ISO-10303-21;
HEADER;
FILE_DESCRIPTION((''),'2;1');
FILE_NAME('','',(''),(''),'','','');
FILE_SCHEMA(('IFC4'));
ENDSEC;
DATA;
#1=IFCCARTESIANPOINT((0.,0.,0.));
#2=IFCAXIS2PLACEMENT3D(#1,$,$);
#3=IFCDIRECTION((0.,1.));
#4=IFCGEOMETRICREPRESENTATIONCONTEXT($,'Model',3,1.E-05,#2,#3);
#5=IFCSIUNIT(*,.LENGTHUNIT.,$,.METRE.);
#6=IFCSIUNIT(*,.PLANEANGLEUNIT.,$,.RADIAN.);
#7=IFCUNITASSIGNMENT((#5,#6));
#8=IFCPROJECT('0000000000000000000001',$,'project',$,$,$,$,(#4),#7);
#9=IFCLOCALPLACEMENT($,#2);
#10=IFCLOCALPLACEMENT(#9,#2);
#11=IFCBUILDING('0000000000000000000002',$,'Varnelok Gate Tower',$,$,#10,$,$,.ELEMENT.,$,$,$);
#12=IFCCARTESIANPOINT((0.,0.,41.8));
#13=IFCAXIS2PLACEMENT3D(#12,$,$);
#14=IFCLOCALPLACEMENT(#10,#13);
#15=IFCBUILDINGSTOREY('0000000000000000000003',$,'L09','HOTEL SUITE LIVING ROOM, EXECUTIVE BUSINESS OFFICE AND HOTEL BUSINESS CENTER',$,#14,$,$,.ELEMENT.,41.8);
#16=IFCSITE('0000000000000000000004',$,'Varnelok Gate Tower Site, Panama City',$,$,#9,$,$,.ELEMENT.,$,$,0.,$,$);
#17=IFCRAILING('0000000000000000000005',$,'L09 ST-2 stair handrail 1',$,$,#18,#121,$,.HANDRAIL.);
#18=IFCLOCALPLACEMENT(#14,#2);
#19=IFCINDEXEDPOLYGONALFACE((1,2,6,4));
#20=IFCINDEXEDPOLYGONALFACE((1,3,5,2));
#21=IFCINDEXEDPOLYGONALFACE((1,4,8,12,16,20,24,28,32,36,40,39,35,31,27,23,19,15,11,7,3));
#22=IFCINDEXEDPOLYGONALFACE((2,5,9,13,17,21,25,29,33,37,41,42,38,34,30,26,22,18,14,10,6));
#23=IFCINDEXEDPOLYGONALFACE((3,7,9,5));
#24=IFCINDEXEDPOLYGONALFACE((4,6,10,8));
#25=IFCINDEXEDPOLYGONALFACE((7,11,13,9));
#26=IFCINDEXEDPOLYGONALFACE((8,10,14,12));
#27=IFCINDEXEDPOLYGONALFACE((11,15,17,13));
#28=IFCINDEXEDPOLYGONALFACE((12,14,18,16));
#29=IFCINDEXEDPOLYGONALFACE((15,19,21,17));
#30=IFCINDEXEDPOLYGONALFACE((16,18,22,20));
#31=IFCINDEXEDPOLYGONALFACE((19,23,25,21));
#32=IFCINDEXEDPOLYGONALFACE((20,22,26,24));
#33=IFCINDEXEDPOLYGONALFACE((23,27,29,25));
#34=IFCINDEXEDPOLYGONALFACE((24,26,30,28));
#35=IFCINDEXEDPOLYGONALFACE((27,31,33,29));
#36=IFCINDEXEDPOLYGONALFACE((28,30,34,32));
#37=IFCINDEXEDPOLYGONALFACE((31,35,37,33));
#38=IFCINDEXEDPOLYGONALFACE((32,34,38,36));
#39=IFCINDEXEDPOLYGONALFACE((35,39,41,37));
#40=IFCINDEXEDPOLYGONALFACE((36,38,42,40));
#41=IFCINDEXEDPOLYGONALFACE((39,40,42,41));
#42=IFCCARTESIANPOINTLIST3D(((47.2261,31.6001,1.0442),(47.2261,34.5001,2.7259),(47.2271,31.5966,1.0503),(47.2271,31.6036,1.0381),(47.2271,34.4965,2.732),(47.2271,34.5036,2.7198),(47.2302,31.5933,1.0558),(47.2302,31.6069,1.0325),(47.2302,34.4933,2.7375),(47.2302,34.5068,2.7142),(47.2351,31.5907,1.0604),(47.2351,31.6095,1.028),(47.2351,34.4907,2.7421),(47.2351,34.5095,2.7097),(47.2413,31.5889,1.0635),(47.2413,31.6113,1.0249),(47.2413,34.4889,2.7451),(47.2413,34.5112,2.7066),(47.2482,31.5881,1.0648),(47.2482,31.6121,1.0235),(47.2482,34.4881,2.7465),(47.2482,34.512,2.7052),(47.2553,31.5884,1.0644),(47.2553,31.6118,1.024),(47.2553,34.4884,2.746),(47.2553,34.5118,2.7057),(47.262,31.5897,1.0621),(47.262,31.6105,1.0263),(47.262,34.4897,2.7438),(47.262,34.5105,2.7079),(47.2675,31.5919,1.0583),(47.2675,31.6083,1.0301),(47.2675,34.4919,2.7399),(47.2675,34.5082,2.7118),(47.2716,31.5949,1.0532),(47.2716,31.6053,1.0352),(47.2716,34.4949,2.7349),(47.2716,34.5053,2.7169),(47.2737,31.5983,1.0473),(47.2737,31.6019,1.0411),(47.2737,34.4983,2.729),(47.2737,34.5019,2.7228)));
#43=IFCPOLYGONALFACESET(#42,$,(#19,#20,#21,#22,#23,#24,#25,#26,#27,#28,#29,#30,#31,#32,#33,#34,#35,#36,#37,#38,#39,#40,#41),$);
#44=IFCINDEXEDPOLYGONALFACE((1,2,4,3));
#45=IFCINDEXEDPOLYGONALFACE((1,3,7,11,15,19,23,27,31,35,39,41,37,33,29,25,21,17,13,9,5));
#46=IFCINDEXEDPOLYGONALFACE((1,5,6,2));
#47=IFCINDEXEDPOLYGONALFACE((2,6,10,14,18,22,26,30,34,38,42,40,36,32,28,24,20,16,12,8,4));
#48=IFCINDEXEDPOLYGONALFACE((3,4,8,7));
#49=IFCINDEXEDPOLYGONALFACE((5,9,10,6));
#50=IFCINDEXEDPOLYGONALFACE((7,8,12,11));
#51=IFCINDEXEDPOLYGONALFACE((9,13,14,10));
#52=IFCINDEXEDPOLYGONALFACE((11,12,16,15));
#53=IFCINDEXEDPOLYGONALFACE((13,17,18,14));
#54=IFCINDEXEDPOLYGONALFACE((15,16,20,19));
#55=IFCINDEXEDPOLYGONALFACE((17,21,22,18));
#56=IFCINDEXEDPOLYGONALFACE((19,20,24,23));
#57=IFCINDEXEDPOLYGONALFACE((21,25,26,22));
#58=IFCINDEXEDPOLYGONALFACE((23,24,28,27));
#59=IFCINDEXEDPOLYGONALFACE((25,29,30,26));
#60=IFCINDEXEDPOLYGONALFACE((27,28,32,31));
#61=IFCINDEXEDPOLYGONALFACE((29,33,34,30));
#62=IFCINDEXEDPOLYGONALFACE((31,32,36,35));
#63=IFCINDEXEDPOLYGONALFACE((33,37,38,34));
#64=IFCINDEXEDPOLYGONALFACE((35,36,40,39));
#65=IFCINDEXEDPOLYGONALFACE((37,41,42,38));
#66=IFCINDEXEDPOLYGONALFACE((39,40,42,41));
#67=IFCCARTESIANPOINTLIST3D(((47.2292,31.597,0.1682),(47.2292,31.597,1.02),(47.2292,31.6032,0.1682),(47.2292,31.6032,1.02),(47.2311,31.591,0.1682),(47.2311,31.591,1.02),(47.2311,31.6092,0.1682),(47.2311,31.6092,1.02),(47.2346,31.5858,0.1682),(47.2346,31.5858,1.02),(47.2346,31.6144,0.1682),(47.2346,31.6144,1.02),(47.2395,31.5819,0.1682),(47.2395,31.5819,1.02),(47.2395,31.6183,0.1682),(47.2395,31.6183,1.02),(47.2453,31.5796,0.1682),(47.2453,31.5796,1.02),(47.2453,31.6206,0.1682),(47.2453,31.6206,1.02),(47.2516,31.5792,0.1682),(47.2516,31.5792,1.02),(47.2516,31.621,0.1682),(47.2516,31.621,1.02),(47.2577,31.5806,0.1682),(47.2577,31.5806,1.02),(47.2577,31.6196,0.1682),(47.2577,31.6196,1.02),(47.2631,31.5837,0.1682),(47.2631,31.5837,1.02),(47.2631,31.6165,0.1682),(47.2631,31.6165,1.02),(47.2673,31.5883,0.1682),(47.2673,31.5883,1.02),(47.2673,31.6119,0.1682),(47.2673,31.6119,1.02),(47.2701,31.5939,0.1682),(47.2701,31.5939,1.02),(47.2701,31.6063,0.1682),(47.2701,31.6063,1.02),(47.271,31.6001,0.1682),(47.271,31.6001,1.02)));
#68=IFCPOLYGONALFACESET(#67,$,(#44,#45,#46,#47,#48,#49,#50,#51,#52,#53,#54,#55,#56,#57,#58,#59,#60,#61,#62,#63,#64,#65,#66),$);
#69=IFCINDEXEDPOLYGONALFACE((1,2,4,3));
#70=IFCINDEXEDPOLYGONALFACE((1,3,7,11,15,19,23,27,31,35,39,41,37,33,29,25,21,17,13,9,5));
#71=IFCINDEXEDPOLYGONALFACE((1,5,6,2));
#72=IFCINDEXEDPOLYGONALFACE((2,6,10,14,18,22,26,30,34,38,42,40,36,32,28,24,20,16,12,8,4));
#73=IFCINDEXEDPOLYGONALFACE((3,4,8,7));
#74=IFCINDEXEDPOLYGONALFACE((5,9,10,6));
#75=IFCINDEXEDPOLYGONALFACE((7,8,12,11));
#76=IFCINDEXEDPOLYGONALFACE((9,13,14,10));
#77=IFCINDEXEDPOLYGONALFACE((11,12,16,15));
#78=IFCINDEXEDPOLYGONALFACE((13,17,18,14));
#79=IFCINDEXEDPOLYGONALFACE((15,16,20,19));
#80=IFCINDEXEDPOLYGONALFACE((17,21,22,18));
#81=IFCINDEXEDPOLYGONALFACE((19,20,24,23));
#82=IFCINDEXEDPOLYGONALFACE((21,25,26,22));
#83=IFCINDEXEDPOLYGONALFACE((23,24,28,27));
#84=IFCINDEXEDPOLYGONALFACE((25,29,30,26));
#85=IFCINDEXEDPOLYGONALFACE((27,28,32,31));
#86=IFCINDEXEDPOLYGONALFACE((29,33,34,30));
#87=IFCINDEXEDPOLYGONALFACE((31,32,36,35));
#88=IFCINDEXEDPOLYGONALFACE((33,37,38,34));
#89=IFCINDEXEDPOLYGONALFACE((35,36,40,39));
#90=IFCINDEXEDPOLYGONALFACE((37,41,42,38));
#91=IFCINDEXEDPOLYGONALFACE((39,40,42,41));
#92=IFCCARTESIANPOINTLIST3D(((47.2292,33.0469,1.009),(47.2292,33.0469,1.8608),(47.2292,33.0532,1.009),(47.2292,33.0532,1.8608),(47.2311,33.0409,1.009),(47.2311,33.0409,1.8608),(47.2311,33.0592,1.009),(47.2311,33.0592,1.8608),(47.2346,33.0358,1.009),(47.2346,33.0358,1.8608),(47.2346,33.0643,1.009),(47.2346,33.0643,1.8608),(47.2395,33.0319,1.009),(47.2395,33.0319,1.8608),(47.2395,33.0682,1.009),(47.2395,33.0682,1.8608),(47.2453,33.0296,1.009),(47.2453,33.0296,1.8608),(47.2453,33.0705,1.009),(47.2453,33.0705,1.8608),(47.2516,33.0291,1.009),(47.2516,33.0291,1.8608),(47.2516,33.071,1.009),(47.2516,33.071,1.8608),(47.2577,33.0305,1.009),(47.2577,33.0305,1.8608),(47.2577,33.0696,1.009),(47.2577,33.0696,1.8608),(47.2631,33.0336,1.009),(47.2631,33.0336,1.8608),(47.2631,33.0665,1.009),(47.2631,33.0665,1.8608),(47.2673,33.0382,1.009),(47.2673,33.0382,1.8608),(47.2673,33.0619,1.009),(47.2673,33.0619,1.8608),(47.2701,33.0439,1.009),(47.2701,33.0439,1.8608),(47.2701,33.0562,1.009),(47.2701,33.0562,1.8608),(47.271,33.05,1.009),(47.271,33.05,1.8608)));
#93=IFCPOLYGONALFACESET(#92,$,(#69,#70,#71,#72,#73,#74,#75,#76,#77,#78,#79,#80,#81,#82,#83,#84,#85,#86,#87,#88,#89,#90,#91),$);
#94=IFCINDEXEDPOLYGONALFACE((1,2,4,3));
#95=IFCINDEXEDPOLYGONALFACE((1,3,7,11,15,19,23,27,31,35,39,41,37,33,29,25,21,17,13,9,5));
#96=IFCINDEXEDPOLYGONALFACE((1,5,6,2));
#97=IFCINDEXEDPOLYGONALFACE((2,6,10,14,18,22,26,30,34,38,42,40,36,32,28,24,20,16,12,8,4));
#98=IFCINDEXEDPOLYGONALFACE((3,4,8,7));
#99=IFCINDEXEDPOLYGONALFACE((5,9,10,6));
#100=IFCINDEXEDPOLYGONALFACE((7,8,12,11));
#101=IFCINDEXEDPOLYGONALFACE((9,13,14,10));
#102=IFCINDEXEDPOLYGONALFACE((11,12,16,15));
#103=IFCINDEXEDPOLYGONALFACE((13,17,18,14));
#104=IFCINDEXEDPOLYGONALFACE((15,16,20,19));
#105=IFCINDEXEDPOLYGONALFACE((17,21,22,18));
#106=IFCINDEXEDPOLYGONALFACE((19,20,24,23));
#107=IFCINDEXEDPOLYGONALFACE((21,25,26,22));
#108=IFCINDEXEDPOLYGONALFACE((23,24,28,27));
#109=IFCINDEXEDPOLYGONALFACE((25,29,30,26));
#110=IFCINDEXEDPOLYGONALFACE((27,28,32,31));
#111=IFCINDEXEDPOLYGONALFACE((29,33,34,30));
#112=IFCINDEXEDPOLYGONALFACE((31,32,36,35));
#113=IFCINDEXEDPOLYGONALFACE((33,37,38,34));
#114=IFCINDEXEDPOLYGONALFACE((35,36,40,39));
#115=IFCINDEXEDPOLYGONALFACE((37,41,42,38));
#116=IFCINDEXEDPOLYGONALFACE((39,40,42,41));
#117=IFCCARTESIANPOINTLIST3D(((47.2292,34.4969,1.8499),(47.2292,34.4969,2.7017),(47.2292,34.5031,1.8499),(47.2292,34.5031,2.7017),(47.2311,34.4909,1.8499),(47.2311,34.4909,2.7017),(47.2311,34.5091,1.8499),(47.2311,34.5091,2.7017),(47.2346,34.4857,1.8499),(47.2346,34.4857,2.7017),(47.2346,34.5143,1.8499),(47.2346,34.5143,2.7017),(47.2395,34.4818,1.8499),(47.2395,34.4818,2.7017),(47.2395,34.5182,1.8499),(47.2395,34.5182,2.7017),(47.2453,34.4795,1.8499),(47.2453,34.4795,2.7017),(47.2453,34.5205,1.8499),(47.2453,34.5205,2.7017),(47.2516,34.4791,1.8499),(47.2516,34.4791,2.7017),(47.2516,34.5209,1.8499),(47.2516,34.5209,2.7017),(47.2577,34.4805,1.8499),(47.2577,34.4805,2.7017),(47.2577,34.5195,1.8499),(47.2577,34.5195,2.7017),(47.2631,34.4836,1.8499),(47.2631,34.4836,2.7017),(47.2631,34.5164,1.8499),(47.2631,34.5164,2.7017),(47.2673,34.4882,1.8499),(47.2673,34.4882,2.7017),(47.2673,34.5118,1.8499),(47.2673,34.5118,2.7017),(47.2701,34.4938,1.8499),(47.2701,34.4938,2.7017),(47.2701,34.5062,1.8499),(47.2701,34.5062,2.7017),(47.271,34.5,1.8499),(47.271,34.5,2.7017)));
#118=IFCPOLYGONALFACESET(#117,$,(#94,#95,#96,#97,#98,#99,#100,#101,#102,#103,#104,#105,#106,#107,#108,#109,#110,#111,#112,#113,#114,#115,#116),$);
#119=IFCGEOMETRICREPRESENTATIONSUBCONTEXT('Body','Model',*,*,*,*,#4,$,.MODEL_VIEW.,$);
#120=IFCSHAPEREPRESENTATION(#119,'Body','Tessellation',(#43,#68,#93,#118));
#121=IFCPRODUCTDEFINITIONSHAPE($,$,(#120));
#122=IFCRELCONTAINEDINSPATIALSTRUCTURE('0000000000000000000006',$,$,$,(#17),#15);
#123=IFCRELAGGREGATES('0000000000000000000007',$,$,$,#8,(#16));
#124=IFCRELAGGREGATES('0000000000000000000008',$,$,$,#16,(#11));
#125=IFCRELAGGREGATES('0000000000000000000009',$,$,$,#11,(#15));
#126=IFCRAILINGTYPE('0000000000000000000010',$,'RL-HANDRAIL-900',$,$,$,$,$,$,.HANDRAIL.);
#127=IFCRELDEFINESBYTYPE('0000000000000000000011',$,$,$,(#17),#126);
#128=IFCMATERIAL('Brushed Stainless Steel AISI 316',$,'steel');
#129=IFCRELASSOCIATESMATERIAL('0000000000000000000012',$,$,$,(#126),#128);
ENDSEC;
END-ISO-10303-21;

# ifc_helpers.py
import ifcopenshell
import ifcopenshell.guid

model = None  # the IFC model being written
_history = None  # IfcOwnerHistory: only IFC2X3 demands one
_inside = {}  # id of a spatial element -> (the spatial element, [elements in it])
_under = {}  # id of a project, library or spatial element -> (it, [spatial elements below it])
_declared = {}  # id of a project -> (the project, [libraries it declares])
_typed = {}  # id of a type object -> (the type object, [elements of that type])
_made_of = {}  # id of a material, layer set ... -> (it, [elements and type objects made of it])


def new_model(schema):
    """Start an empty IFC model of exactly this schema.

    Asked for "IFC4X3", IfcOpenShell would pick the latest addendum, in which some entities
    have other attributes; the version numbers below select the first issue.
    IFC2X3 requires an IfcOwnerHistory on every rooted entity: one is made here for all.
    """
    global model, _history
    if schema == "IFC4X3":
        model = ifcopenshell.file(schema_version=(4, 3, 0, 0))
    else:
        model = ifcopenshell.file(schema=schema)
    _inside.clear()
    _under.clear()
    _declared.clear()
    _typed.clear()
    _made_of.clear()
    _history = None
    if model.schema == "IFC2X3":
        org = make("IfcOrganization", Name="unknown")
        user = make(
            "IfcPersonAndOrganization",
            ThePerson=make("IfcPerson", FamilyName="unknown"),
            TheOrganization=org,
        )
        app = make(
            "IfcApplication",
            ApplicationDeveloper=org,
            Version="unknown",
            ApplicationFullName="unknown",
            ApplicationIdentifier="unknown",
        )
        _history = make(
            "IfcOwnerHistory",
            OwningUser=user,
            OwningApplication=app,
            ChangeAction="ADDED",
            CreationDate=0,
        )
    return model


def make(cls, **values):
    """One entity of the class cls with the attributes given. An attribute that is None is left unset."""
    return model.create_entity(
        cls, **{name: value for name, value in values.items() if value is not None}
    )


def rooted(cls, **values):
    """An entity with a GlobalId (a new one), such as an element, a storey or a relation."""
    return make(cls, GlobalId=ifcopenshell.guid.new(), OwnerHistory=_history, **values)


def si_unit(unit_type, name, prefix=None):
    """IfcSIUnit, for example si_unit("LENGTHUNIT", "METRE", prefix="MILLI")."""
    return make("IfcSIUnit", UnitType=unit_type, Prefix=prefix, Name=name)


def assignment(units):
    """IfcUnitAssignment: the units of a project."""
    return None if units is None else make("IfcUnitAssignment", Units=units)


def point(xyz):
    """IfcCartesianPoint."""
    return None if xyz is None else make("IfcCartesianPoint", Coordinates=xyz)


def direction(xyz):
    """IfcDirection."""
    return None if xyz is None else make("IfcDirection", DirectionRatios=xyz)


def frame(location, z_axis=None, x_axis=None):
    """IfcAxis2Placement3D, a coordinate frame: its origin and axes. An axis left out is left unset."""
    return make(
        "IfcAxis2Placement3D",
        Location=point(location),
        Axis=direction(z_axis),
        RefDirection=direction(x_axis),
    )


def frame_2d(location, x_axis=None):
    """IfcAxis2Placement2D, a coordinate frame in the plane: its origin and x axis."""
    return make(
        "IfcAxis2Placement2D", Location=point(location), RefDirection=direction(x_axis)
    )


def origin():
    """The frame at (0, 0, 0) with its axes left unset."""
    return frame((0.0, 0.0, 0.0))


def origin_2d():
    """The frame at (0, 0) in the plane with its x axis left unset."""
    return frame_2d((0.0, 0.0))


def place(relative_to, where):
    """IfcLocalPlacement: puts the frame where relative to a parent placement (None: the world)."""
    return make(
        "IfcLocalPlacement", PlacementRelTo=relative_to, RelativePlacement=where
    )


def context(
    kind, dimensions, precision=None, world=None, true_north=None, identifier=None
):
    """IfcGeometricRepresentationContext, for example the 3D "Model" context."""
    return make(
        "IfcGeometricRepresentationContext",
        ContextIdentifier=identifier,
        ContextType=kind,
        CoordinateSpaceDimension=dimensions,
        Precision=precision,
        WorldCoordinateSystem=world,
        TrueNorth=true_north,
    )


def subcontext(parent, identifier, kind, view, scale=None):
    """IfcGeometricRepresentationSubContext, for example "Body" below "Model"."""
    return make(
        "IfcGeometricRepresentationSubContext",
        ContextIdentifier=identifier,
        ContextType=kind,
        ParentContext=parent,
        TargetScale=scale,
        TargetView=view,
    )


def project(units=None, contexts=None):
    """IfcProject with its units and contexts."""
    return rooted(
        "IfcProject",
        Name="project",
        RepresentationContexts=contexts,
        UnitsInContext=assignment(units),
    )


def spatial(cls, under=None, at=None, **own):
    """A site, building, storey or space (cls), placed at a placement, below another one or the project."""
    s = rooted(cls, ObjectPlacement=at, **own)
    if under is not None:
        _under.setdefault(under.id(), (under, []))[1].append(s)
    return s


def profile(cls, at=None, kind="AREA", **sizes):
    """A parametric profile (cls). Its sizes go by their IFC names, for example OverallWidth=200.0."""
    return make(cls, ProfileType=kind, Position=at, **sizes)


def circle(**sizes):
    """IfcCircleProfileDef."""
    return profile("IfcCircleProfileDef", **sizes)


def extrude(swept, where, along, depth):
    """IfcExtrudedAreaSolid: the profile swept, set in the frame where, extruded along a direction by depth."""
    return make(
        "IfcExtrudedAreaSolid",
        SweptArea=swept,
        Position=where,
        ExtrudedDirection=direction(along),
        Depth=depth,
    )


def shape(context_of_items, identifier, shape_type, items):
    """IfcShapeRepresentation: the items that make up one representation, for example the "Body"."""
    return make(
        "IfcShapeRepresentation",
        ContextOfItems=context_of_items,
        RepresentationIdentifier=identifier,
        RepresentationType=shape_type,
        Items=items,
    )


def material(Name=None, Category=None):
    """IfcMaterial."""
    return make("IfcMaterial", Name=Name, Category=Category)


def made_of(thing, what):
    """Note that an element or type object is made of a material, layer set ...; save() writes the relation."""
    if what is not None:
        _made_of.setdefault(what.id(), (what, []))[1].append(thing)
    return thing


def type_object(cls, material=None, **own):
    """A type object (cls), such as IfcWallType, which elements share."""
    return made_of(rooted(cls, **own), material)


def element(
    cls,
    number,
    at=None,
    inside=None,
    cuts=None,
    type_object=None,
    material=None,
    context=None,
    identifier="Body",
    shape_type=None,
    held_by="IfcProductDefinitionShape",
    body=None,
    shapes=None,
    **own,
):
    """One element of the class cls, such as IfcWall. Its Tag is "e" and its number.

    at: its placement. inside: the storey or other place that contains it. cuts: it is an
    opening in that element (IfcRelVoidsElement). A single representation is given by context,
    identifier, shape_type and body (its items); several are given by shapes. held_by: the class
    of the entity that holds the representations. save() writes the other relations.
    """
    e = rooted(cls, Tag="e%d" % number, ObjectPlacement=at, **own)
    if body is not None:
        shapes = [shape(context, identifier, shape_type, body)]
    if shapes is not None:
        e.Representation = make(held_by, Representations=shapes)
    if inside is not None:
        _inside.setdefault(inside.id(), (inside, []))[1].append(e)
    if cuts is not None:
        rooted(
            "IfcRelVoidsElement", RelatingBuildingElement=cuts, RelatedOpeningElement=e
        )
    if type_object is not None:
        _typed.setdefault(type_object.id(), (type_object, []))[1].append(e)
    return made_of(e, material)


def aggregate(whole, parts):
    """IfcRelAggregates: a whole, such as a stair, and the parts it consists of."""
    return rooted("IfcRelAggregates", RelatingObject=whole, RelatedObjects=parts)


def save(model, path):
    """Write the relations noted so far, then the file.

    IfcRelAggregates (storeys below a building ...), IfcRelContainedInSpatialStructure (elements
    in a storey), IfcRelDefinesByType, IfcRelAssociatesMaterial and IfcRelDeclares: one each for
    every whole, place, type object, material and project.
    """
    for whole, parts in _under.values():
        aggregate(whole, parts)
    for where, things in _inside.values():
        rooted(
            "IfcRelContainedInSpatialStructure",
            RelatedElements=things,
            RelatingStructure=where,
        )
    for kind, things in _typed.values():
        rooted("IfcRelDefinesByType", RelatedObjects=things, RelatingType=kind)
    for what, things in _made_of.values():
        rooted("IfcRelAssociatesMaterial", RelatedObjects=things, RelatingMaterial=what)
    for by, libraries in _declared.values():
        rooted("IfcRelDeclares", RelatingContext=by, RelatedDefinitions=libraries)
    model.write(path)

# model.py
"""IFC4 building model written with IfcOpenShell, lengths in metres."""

from ifc_helpers import new_model, si_unit, direction, frame, origin, origin_2d, place, context, subcontext, project, spatial, circle, extrude, material, type_object, element, save


model = new_model("IFC4")

# Units and contexts
model_context = context("Model", 3, precision=1e-05, world=origin(), true_north=direction((0.0, 1.0)))
body_context = subcontext(model_context, "Body", "Model", "MODEL_VIEW")
ifc_project = project(units=[si_unit("LENGTHUNIT", "METRE"), si_unit("PLANEANGLEUNIT", "RADIAN")], contexts=[model_context])

# Site, building, storey
site_placement = place(None, origin())
site = spatial("IfcSite", under=ifc_project, at=site_placement, Name="Varnelok Gate Tower Site, Panama City", CompositionType="ELEMENT", RefElevation=0.0)
building_placement = place(site_placement, origin())
building = spatial("IfcBuilding", under=site, at=building_placement, Name="Varnelok Gate Tower", CompositionType="ELEMENT")
storey_placement = place(building_placement, frame((0.0, 0.0, 41.8)))
storey = spatial("IfcBuildingStorey", under=building, at=storey_placement, Name="L09", Description="HOTEL SUITE LIVING ROOM, EXECUTIVE BUSINESS OFFICE AND HOTEL BUSINESS CENTER", CompositionType="ELEMENT", Elevation=41.8)

# Railing
ifc_material_1 = material(Name="Brushed Stainless Steel AISI 316", Category="steel")
railing_type_1 = type_object("IfcRailingType", Name="RL-HANDRAIL-900", PredefinedType="HANDRAIL", material=ifc_material_1)
railing_1_placement = place(storey_placement, frame((47.25, 31.6001, 0.1682)))
element("IfcRailing", 1, at=railing_1_placement, inside=storey, type_object=railing_type_1, Name="L09 ST-2 stair handrail 1", PredefinedType="HANDRAIL", context=body_context, shape_type="SweptSolid", body=[
    extrude(circle(Radius=0.0239, at=origin_2d()), frame((0.0, 0.0, 0.876), z_axis=(0.0, 0.86507, 0.501651), x_axis=(-1.0, 0.0, 0.0)), (0.0, 0.0, 1.0), 3.3523),
    extrude(circle(Radius=0.021, at=origin_2d()), origin(), (0.0, 0.0, 1.0), 0.8518),
    extrude(circle(Radius=0.021, at=origin_2d()), frame((0.0, 1.45, 0.8408)), (0.0, 0.0, 1.0), 0.8518),
    extrude(circle(Radius=0.021, at=origin_2d()), frame((0.0, 2.8999, 1.6816)), (0.0, 0.0, 1.0), 0.8518),
])

save(model, "model.ifc")
